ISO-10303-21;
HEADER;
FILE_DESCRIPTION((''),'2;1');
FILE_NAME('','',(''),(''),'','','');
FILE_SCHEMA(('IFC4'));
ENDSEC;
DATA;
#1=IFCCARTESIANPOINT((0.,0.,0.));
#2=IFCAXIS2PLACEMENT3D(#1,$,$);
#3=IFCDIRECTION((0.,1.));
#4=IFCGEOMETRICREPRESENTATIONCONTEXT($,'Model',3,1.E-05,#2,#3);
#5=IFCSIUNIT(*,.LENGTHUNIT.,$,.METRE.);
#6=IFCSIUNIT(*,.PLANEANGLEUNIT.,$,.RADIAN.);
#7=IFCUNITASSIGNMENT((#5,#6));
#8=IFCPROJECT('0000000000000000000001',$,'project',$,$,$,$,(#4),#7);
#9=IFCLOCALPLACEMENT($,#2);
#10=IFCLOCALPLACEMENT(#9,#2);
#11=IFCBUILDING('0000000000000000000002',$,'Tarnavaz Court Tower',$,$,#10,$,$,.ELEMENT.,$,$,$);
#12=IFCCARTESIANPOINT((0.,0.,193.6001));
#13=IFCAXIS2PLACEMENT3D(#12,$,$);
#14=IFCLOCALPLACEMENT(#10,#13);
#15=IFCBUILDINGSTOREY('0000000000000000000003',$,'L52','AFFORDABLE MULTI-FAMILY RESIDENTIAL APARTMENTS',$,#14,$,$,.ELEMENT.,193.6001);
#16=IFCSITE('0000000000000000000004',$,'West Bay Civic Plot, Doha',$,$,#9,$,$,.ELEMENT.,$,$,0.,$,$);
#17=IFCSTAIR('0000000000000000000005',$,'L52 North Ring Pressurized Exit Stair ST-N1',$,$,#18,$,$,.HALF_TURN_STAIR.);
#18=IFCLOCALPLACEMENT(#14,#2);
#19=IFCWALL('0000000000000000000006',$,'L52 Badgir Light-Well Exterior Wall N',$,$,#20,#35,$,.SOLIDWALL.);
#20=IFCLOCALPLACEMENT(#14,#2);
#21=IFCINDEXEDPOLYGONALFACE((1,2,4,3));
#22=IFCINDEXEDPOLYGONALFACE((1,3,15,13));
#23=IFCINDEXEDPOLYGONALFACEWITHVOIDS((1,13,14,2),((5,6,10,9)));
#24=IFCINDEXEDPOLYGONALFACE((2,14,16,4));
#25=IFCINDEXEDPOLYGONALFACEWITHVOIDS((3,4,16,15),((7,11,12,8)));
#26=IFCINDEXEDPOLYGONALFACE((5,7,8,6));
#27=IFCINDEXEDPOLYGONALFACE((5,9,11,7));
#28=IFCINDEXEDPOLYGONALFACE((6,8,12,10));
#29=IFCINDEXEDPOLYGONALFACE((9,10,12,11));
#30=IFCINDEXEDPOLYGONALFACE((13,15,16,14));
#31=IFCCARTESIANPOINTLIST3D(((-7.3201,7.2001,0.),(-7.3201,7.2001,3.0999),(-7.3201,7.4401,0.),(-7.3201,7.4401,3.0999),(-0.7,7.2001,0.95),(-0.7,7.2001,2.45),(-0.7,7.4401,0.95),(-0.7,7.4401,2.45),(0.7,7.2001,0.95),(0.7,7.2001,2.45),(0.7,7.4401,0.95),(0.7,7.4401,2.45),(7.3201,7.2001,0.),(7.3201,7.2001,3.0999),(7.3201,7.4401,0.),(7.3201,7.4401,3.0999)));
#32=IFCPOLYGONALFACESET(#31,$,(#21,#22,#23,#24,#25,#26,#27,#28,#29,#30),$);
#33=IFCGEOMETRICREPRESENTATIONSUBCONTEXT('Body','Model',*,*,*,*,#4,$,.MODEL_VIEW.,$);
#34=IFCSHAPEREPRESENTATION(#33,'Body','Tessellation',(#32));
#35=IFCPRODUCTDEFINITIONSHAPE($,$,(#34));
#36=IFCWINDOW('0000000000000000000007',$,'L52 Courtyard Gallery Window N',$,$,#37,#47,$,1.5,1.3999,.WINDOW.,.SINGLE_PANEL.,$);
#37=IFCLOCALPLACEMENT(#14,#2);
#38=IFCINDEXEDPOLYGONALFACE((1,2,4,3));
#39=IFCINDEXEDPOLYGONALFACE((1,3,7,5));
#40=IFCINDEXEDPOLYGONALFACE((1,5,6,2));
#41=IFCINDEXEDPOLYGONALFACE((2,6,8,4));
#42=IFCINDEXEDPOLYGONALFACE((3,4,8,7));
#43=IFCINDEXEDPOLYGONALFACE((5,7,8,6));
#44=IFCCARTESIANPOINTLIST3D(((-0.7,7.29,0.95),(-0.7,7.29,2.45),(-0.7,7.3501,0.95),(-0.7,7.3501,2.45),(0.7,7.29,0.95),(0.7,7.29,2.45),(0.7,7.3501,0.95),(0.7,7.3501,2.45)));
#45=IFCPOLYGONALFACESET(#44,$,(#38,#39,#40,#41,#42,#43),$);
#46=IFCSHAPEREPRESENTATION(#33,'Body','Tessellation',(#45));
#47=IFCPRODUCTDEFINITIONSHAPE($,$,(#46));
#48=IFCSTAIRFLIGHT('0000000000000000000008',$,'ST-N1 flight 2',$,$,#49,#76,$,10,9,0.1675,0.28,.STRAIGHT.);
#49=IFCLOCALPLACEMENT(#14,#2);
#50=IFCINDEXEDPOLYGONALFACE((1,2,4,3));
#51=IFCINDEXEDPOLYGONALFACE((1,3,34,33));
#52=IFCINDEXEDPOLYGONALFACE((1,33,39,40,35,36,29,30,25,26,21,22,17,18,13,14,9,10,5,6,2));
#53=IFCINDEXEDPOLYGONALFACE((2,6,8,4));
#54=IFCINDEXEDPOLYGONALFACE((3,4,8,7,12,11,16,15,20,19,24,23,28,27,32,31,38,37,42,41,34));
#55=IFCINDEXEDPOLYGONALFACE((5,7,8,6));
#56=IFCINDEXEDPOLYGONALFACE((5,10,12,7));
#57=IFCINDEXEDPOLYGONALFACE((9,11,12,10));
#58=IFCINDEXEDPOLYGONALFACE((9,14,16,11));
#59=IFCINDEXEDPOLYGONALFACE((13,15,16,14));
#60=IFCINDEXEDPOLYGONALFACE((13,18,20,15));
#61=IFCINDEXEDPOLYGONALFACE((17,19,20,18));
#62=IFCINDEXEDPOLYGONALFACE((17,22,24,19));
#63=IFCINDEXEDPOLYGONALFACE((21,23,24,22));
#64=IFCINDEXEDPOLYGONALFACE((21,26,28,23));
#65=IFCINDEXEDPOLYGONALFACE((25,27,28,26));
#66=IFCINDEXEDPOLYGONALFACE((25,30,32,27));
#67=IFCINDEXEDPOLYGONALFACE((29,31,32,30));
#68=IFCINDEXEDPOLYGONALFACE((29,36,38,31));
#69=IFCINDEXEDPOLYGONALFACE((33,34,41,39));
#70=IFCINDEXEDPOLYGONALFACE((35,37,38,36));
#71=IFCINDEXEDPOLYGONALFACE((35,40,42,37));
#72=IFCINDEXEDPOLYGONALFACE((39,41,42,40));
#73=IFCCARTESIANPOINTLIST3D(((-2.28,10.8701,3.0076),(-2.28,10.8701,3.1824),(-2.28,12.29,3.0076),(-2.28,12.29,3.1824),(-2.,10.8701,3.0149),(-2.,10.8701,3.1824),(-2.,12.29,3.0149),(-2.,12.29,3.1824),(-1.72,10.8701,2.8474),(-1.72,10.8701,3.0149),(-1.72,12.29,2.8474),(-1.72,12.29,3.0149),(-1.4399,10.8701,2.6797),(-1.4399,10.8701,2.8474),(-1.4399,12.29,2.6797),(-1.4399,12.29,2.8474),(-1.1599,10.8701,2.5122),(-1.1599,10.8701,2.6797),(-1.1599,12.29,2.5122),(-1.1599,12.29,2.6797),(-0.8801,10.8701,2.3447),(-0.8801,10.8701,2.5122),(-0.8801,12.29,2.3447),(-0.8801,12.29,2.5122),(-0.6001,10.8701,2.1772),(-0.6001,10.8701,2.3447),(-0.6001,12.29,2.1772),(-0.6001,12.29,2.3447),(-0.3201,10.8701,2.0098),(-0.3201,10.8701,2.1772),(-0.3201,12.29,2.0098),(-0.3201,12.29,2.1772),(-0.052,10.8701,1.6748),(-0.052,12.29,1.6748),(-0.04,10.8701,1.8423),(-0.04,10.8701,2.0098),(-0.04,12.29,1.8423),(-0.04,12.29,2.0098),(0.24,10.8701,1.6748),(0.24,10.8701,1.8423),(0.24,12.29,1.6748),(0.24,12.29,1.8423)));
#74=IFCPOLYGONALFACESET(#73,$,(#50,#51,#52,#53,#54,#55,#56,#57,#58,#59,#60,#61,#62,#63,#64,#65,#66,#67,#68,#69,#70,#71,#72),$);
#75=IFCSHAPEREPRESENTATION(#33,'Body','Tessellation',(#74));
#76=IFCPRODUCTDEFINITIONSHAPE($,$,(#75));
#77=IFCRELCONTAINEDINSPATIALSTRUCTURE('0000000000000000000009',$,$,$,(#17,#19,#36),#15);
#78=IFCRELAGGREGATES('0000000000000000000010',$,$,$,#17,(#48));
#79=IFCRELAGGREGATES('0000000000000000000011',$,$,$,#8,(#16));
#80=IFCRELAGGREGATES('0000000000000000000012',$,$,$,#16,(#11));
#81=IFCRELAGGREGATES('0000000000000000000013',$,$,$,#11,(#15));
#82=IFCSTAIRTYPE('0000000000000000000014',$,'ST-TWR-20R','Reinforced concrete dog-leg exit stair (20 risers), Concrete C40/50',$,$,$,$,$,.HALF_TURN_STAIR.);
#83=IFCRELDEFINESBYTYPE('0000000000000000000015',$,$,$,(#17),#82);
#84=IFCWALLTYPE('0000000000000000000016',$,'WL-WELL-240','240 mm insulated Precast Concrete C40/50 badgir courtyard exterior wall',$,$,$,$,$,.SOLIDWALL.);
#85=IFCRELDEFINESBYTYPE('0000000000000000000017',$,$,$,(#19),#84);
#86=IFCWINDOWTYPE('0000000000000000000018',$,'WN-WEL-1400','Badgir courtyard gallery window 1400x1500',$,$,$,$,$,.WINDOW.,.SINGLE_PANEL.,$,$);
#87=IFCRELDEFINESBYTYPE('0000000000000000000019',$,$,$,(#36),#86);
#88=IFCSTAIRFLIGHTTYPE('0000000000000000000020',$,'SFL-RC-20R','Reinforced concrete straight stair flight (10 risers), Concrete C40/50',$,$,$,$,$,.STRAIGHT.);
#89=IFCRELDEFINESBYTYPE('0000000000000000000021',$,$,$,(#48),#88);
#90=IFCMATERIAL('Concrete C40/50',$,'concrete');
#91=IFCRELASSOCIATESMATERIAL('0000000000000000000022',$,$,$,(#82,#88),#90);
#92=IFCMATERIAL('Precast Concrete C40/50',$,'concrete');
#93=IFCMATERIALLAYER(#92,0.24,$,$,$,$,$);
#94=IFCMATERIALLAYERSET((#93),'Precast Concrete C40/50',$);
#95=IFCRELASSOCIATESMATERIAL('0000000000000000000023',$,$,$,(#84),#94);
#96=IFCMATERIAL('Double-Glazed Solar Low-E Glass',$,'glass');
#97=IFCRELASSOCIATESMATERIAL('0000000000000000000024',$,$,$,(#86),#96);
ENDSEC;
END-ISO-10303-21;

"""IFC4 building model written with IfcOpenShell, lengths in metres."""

from ifc_helpers import new_model, si_unit, direction, frame, frame_2d, origin, place, context, subcontext, project, spatial, polyline, rectangle, outline, extrude, material, layer, layer_set, type_object, element, fill, aggregate, save


model = new_model("IFC4")

# Units and contexts
model_context = context("Model", 3, precision=1e-05, world=origin(), true_north=direction((0.0, 1.0)))
body_context = subcontext(model_context, "Body", "Model", "MODEL_VIEW")
ifc_project = project(units=[si_unit("LENGTHUNIT", "METRE"), si_unit("PLANEANGLEUNIT", "RADIAN")], contexts=[model_context])

# Site, building, storey
site_placement = place(None, origin())
site = spatial("IfcSite", under=ifc_project, at=site_placement, Name="West Bay Civic Plot, Doha", CompositionType="ELEMENT", RefElevation=0.0)
building_placement = place(site_placement, origin())
building = spatial("IfcBuilding", under=site, at=building_placement, Name="Tarnavaz Court Tower", CompositionType="ELEMENT")
storey_placement = place(building_placement, frame((0.0, 0.0, 193.6001)))
storey = spatial("IfcBuildingStorey", under=building, at=storey_placement, Name="L52", Description="AFFORDABLE MULTI-FAMILY RESIDENTIAL APARTMENTS", CompositionType="ELEMENT", Elevation=193.6001)

# Stair
ifc_material_1 = material(Name="Concrete C40/50", Category="concrete")
stair_type = type_object("IfcStairType", Name="ST-TWR-20R", Description="Reinforced concrete dog-leg exit stair (20 risers), Concrete C40/50", PredefinedType="HALF_TURN_STAIR", material=ifc_material_1)
stair_placement = place(storey_placement, origin())
stair = element("IfcStair", 1, at=stair_placement, inside=storey, type_object=stair_type, Name="L52 North Ring Pressurized Exit Stair ST-N1", PredefinedType="HALF_TURN_STAIR")

# Wall, opening, window
ifc_material_2 = material(Name="Precast Concrete C40/50", Category="concrete")
ifc_layer_1 = layer(ifc_material_2, 0.24)
ifc_layer_set_1 = layer_set([ifc_layer_1], Name="Precast Concrete C40/50")
wall_type_1 = type_object("IfcWallType", Name="WL-WELL-240", Description="240 mm insulated Precast Concrete C40/50 badgir courtyard exterior wall", PredefinedType="SOLIDWALL", material=ifc_layer_set_1)
wall_1_placement = place(storey_placement, frame((7.3201, 7.3201, 0.0), z_axis=(0.0, 0.0, 1.0), x_axis=(-1.0, 0.0, 0.0)))
wall_1 = element("IfcWall", 2, at=wall_1_placement, inside=storey, type_object=wall_type_1, Name="L52 Badgir Light-Well Exterior Wall N", PredefinedType="SOLIDWALL", context=body_context, shape_type="SweptSolid", body=[
    extrude(rectangle(XDim=14.6401, YDim=0.24, at=frame_2d((7.3201, 0.0))), origin(), (0.0, 0.0, 1.0), 3.0999),
])
opening_1_placement = place(wall_1_placement, frame((6.6201, 0.0, 0.95)))
opening_1 = element("IfcOpeningElement", 3, at=opening_1_placement, cuts=wall_1, PredefinedType="OPENING", context=body_context, shape_type="SweptSolid", body=[
    extrude(rectangle(XDim=1.3999, YDim=1.5, at=frame_2d((0.7, 0.75))), frame((0.0, 0.1299, 0.0), z_axis=(0.0, -1.0, 0.0), x_axis=(1.0, 0.0, 0.0)), (0.0, 0.0, 1.0), 0.26),
])
ifc_material_3 = material(Name="Double-Glazed Solar Low-E Glass", Category="glass")
window_type = type_object("IfcWindowType", Name="WN-WEL-1400", Description="Badgir courtyard gallery window 1400x1500", PartitioningType="SINGLE_PANEL", PredefinedType="WINDOW", material=ifc_material_3)
window_placement = place(opening_1_placement, origin())
window = element("IfcWindow", 4, at=window_placement, inside=storey, type_object=window_type, Name="L52 Courtyard Gallery Window N", OverallHeight=1.5, OverallWidth=1.3999, PartitioningType="SINGLE_PANEL", PredefinedType="WINDOW", context=body_context, shape_type="SweptSolid", body=[
    extrude(rectangle(XDim=1.3999, YDim=1.5, at=frame_2d((0.7, 0.75))), frame((0.0, 0.03, 0.0), z_axis=(0.0, -1.0, 0.0), x_axis=(1.0, 0.0, 0.0)), (0.0, 0.0, 1.0), 0.0601),
])
fill(opening_1, window)

# Stair flight
stair_flight_type = type_object("IfcStairFlightType", Name="SFL-RC-20R", Description="Reinforced concrete straight stair flight (10 risers), Concrete C40/50", PredefinedType="STRAIGHT", material=ifc_material_1)
stair_flight_placement = place(storey_placement, frame((0.24, 11.5801, 1.6748), z_axis=(0.0, 0.0, 1.0), x_axis=(-1.0, 0.0, 0.0)))
stair_flight = element("IfcStairFlight", 5, at=stair_flight_placement, type_object=stair_flight_type, Name="ST-N1 flight 2", NumberOfRisers=10, NumberOfTreads=9, PredefinedType="STRAIGHT", RiserHeight=0.1675, TreadLength=0.28, context=body_context, shape_type="SweptSolid", body=[
    extrude(outline(polyline([(0.0, 0.0), (0.0, 0.1675), (0.28, 0.1675), (0.28, 0.335), (0.5601, 0.335), (0.5601, 0.5024), (0.8401, 0.5024), (0.8401, 0.6699), (1.1201, 0.6699), (1.1201, 0.8374), (1.3999, 0.8374), (1.3999, 1.0049), (1.6799, 1.0049), (1.6799, 1.1726), (1.96, 1.1726), (1.96, 1.3401), (2.24, 1.3401), (2.24, 1.5076), (2.52, 1.5076), (2.52, 1.675), (2.52, 1.3328), (0.292, 0.0), (0.0, 0.0)])), frame((0.0, 0.71, 0.0), z_axis=(0.0, -1.0, 0.0), x_axis=(1.0, 0.0, 0.0)), (0.0, 0.0, 1.0), 1.4199),
])
aggregate(stair, [stair_flight])

save(model, "model.ifc")
